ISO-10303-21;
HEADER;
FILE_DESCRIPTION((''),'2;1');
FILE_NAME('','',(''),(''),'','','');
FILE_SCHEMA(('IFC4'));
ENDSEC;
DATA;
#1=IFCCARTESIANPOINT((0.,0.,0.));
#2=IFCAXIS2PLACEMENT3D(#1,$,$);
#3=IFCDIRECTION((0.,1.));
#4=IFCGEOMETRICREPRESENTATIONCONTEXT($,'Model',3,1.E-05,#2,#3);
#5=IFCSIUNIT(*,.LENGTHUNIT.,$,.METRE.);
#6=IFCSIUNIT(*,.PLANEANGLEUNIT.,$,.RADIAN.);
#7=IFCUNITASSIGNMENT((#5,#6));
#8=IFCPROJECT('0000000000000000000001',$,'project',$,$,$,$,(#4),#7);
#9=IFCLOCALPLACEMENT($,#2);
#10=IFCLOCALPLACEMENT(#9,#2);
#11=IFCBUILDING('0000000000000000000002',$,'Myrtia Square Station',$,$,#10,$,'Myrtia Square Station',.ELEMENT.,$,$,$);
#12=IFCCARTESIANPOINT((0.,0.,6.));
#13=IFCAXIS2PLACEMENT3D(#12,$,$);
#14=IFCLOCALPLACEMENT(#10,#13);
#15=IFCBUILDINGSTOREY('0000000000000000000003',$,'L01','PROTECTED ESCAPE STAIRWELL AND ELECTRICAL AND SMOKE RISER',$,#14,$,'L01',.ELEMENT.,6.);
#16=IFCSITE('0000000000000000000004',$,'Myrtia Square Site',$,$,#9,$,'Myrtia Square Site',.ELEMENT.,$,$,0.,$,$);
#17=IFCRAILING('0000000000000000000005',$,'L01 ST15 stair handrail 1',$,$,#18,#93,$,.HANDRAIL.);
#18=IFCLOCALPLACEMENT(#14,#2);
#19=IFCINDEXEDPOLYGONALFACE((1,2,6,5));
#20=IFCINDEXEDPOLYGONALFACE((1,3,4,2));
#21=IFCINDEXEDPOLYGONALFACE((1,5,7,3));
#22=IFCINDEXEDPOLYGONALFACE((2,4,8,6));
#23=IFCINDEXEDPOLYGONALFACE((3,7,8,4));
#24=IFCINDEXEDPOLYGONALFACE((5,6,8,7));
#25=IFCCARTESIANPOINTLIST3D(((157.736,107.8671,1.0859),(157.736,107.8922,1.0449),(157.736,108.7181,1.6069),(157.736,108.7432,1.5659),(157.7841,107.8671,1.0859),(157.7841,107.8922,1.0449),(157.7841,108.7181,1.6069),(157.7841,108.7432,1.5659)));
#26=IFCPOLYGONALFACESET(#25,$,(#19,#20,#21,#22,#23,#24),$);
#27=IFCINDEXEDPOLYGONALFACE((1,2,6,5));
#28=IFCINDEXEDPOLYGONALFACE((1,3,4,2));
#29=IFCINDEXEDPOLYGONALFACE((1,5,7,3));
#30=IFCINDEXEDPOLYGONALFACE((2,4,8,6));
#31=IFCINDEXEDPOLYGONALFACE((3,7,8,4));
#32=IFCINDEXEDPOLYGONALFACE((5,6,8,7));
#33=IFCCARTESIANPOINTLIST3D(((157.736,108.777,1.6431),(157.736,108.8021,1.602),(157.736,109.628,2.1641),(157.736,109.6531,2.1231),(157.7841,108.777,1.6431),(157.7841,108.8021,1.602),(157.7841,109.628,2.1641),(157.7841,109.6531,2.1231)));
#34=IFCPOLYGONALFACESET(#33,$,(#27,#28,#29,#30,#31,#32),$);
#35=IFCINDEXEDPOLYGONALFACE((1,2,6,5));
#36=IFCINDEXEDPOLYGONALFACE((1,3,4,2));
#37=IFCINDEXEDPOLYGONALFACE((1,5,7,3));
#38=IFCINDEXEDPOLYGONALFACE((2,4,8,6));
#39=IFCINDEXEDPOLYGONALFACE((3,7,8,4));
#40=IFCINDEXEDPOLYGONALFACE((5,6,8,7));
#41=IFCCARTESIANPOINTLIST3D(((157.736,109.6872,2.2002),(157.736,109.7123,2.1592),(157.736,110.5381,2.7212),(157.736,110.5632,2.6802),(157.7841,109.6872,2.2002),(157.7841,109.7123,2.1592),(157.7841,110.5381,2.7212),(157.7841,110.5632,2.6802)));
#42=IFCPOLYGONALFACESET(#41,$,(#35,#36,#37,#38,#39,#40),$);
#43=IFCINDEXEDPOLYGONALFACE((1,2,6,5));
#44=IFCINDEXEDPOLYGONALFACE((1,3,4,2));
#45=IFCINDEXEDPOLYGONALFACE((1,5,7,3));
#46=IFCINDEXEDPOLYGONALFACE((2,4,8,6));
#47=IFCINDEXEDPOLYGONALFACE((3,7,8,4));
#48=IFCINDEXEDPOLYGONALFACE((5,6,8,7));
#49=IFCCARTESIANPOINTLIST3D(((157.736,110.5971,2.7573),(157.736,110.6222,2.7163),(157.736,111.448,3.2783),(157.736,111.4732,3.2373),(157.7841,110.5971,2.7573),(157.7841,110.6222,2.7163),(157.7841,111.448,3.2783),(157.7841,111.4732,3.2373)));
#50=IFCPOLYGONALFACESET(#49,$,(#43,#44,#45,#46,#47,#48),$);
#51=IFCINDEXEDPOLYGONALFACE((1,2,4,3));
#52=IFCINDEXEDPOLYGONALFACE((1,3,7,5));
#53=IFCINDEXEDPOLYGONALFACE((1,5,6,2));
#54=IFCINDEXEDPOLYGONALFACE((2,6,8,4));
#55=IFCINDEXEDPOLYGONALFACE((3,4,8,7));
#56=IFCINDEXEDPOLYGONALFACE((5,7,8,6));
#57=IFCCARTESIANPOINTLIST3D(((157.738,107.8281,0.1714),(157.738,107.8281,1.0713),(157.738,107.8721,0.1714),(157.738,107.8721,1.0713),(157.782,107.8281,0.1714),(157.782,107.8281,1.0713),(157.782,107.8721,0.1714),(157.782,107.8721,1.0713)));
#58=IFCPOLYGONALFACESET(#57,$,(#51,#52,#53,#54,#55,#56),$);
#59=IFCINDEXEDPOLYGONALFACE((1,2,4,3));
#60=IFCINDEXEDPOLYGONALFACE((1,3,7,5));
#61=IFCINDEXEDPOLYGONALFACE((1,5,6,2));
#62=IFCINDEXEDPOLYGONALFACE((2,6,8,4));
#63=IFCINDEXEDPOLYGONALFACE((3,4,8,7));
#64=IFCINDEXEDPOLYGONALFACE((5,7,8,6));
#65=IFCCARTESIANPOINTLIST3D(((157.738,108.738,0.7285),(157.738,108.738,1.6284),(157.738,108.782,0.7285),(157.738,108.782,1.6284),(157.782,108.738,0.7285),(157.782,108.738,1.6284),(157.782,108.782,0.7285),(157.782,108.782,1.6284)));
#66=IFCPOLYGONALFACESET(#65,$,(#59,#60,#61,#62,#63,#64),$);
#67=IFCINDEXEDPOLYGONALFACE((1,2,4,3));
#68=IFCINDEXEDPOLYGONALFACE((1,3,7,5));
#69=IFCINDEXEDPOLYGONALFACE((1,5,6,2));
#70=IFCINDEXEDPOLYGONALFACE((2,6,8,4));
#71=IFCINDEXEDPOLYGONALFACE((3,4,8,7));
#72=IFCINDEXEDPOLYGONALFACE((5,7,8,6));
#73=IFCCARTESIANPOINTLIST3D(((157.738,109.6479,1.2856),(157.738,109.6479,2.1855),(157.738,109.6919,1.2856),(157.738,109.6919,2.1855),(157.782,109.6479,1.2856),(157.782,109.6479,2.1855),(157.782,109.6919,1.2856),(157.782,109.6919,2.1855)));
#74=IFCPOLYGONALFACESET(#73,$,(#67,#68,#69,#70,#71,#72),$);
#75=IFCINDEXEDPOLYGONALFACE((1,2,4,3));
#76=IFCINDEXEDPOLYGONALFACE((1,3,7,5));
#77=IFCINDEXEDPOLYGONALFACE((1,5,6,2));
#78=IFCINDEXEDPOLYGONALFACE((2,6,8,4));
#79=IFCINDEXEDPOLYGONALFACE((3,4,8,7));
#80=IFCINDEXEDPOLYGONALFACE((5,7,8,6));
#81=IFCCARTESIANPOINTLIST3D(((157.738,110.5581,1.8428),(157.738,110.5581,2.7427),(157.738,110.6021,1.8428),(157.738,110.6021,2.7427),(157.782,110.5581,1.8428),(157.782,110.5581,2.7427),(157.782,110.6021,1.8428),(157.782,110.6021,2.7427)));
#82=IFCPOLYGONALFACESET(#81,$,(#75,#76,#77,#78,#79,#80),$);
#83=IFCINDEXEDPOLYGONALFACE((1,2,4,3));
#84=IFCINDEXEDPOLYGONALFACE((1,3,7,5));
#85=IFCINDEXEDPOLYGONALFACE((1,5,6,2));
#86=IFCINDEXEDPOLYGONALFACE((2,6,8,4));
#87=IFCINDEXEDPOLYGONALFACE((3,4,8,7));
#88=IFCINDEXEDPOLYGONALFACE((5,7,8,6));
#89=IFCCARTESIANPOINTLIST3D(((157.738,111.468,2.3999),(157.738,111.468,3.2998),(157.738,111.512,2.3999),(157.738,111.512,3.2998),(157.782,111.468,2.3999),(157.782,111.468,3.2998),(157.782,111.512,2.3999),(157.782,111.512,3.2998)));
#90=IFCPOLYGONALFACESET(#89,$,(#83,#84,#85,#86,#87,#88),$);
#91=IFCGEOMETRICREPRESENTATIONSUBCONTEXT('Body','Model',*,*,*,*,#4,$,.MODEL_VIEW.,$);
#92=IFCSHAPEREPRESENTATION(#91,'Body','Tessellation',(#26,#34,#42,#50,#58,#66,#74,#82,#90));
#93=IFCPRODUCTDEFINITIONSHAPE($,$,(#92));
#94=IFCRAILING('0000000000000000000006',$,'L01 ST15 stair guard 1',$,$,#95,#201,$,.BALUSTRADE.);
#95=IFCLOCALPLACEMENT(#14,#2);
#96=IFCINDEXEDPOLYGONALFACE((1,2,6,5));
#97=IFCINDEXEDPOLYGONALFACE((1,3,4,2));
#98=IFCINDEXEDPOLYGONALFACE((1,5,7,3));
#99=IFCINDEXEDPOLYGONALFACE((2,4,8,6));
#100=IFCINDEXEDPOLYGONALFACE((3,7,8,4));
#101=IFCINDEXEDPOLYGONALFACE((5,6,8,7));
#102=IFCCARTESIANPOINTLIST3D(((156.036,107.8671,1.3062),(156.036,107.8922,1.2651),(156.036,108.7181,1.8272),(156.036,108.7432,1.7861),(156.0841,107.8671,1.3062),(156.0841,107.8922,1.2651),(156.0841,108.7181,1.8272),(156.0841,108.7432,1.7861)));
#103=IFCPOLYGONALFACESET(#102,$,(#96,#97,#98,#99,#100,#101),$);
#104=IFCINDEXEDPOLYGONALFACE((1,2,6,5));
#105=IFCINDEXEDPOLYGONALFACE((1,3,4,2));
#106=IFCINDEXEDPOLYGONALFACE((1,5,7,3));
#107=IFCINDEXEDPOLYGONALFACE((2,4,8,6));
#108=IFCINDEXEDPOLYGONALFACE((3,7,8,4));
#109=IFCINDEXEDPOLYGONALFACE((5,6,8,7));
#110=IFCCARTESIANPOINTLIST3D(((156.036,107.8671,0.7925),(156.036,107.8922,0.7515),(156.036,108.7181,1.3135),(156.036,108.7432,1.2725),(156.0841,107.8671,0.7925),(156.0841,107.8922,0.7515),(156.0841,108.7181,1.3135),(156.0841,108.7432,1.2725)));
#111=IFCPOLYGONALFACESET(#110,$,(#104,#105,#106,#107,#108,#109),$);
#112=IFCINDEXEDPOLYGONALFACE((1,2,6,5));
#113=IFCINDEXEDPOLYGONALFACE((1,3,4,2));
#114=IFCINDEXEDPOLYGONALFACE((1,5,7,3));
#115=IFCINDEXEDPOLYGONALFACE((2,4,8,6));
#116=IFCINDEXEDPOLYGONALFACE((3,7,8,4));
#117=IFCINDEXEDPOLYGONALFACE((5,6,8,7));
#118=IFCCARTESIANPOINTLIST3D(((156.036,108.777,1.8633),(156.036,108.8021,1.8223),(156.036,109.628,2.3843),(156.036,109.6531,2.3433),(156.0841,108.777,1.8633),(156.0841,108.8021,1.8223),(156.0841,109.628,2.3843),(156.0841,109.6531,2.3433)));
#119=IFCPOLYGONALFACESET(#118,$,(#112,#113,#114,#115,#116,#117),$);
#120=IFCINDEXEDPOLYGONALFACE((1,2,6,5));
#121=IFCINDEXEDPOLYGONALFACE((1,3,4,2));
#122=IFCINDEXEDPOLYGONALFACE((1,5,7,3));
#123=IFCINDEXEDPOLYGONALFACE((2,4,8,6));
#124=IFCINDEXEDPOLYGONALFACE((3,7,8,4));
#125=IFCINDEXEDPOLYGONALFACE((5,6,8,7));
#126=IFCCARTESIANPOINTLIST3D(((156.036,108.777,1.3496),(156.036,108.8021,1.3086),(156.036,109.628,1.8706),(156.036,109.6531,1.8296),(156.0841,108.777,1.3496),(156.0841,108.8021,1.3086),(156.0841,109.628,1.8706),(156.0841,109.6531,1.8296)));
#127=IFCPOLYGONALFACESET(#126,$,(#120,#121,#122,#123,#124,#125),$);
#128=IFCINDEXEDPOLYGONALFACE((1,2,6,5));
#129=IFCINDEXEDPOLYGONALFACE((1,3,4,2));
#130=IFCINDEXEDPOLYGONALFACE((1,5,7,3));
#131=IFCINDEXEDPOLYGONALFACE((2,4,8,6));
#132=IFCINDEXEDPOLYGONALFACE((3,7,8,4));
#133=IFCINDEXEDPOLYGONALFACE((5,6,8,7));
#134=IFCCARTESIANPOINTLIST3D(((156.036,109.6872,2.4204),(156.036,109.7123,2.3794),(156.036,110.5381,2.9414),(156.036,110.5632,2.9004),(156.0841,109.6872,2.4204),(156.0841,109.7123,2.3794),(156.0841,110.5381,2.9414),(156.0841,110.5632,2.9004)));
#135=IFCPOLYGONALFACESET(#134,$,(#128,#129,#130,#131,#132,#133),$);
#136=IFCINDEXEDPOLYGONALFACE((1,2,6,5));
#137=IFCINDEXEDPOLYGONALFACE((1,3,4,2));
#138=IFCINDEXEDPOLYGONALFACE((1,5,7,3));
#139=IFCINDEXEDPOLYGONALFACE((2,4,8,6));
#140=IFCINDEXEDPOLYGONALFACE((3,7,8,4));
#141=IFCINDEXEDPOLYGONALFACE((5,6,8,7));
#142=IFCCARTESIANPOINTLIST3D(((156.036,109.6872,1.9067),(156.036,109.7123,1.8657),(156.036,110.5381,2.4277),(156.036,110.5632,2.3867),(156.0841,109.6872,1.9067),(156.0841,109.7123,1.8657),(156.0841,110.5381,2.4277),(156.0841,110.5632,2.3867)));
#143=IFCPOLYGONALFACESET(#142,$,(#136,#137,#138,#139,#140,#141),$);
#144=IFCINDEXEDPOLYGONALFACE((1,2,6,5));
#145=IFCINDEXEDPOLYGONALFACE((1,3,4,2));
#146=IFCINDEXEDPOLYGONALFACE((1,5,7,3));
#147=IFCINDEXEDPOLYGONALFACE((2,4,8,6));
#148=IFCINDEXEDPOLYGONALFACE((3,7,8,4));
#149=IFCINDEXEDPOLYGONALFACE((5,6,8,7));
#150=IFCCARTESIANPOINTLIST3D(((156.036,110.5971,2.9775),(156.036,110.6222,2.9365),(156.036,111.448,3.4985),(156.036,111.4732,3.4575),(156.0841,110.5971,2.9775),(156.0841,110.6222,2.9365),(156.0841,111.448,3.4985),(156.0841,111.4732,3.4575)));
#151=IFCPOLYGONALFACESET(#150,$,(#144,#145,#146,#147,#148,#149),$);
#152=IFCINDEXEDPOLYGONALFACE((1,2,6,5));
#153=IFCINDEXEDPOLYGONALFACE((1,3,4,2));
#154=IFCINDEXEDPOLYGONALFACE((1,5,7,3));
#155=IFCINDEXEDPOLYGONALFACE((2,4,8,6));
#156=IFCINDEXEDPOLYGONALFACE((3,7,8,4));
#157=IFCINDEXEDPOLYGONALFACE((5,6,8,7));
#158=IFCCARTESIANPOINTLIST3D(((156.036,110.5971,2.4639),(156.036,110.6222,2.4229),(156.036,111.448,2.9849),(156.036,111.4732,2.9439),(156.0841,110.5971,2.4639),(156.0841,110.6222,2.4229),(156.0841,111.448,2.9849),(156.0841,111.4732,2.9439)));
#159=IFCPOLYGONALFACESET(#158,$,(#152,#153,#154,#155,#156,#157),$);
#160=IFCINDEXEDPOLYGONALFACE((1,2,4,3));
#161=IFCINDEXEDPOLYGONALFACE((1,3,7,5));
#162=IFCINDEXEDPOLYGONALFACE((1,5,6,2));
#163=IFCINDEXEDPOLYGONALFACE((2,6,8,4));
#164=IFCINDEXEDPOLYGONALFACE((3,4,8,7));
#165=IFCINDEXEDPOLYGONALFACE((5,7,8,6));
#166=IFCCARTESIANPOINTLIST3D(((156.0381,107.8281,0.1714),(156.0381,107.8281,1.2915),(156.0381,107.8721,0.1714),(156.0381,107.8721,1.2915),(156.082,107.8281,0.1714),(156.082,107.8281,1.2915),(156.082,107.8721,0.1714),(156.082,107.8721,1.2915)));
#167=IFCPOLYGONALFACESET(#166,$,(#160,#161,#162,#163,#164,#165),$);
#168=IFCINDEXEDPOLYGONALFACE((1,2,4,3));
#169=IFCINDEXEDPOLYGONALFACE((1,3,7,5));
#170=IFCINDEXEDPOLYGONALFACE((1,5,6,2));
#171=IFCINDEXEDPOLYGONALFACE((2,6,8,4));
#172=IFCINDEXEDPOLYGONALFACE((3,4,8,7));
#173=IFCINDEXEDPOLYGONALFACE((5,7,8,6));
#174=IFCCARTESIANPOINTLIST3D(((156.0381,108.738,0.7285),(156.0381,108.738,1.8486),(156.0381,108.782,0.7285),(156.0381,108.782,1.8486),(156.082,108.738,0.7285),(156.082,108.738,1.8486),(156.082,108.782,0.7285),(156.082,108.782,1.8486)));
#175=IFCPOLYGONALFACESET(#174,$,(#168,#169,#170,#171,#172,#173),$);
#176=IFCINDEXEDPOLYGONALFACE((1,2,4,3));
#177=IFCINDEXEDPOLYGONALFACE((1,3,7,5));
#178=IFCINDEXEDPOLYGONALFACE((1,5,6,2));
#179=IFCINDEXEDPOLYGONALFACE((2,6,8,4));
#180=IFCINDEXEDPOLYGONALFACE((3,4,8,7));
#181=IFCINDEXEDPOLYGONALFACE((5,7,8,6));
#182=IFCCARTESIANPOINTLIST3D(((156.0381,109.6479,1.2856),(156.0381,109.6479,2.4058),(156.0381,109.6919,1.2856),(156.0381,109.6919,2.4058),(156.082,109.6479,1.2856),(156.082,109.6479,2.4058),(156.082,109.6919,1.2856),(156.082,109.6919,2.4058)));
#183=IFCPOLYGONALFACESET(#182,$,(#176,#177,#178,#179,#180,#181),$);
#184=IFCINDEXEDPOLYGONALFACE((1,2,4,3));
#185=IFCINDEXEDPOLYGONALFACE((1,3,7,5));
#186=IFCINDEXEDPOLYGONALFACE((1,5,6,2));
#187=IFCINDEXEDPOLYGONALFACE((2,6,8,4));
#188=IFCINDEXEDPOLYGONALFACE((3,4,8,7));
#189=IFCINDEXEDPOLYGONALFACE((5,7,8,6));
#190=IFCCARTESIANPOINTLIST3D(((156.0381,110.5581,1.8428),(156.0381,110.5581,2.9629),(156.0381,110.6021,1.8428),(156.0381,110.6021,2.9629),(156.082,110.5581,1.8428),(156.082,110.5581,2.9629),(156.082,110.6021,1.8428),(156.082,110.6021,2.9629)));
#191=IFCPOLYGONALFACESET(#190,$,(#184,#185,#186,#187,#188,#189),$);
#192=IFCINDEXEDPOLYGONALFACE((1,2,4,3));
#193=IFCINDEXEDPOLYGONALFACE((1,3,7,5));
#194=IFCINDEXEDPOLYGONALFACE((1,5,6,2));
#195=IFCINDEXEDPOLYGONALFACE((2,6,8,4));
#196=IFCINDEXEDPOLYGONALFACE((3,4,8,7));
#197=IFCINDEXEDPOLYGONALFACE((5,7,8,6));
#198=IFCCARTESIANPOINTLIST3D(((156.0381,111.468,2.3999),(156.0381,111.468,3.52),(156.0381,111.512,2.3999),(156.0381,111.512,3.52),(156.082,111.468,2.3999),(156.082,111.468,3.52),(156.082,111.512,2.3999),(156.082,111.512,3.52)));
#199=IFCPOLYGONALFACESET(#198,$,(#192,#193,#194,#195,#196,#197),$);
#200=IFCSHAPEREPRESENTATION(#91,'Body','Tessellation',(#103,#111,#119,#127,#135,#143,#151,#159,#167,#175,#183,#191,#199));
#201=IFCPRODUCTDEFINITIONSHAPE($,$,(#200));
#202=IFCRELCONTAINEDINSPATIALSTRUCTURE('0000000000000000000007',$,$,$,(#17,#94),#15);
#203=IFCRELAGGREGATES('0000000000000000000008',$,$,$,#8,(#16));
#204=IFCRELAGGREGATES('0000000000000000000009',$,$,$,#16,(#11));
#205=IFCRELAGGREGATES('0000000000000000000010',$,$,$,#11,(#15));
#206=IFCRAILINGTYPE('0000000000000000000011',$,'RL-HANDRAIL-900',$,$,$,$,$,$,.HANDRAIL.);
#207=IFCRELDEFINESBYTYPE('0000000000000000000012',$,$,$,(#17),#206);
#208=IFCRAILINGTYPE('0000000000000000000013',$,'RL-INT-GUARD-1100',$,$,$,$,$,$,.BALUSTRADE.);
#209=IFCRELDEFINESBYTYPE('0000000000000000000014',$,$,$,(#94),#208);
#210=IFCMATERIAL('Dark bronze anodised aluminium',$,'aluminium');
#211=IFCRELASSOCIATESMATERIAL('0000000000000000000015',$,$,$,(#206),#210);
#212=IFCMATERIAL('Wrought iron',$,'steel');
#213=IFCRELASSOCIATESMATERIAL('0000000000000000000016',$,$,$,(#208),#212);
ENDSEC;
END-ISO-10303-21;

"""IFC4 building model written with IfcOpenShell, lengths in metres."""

from ifc_helpers import new_model, si_unit, direction, frame, origin, origin_2d, place, context, subcontext, project, spatial, rectangle, extrude, material, type_object, element, save


model = new_model("IFC4")

# Units and contexts
model_context = context("Model", 3, precision=1e-05, world=origin(), true_north=direction((0.0, 1.0)))
body_context = subcontext(model_context, "Body", "Model", "MODEL_VIEW")
ifc_project = project(units=[si_unit("LENGTHUNIT", "METRE"), si_unit("PLANEANGLEUNIT", "RADIAN")], contexts=[model_context])

# Site, building, storey
site_placement = place(None, origin())
site = spatial("IfcSite", under=ifc_project, at=site_placement, Name="Myrtia Square Site", LongName="Myrtia Square Site", CompositionType="ELEMENT", RefElevation=0.0)
building_placement = place(site_placement, origin())
building = spatial("IfcBuilding", under=site, at=building_placement, Name="Myrtia Square Station", LongName="Myrtia Square Station", CompositionType="ELEMENT")
storey_placement = place(building_placement, frame((0.0, 0.0, 6.0)))
storey = spatial("IfcBuildingStorey", under=building, at=storey_placement, Name="L01", Description="PROTECTED ESCAPE STAIRWELL AND ELECTRICAL AND SMOKE RISER", LongName="L01", CompositionType="ELEMENT", Elevation=6.0)

# Shared definitions
ifc_material_1 = material(Name="Dark bronze anodised aluminium", Category="aluminium")

# Railings
railing_type_1 = type_object("IfcRailingType", Name="RL-HANDRAIL-900", PredefinedType="HANDRAIL", material=ifc_material_1)
railing_1_placement = place(storey_placement, frame((157.76, 107.8501, 0.1714)))
element("IfcRailing", 1, at=railing_1_placement, inside=storey, type_object=railing_type_1, Name="L01 ST15 stair handrail 1", PredefinedType="HANDRAIL", context=body_context, shape_type="SweptSolid", body=[
    extrude(rectangle(XDim=0.0481, YDim=0.0481, at=origin_2d()), frame((0.0, 0.0295, 0.894), z_axis=(0.0, 0.85285, 0.522156), x_axis=(-1.0, 0.0, 0.0)), (0.0, 0.0, 1.0), 0.9978),
    extrude(rectangle(XDim=0.0481, YDim=0.0481, at=origin_2d()), frame((0.0, 0.9395, 1.4512), z_axis=(0.0, 0.85285, 0.522156), x_axis=(-1.0, 0.0, 0.0)), (0.0, 0.0, 1.0), 0.9978),
    extrude(rectangle(XDim=0.0481, YDim=0.0481, at=origin_2d()), frame((0.0, 1.8496, 2.0083), z_axis=(0.0, 0.85285, 0.522156), x_axis=(-1.0, 0.0, 0.0)), (0.0, 0.0, 1.0), 0.9978),
    extrude(rectangle(XDim=0.0481, YDim=0.0481, at=origin_2d()), frame((0.0, 2.7595, 2.5654), z_axis=(0.0, 0.85285, 0.522156), x_axis=(-1.0, 0.0, 0.0)), (0.0, 0.0, 1.0), 0.9978),
    extrude(rectangle(XDim=0.0439, YDim=0.0439, at=origin_2d()), origin(), (0.0, 0.0, 1.0), 0.8999),
    extrude(rectangle(XDim=0.0439, YDim=0.0439, at=origin_2d()), frame((0.0, 0.9099, 0.5571)), (0.0, 0.0, 1.0), 0.8999),
    extrude(rectangle(XDim=0.0439, YDim=0.0439, at=origin_2d()), frame((0.0, 1.8198, 1.1143)), (0.0, 0.0, 1.0), 0.8999),
    extrude(rectangle(XDim=0.0439, YDim=0.0439, at=origin_2d()), frame((0.0, 2.73, 1.6714)), (0.0, 0.0, 1.0), 0.8999),
    extrude(rectangle(XDim=0.0439, YDim=0.0439, at=origin_2d()), frame((0.0, 3.6399, 2.2285)), (0.0, 0.0, 1.0), 0.8999),
])
ifc_material_2 = material(Name="Wrought iron", Category="steel")
railing_type_2 = type_object("IfcRailingType", Name="RL-INT-GUARD-1100", PredefinedType="BALUSTRADE", material=ifc_material_2)
railing_2_placement = place(storey_placement, frame((156.0601, 107.8501, 0.1714)))
element("IfcRailing", 2, at=railing_2_placement, inside=storey, type_object=railing_type_2, Name="L01 ST15 stair guard 1", PredefinedType="BALUSTRADE", context=body_context, shape_type="SweptSolid", body=[
    extrude(rectangle(XDim=0.0481, YDim=0.0481, at=origin_2d()), frame((0.0, 0.0295, 1.1143), z_axis=(0.0, 0.85285, 0.522156), x_axis=(-1.0, 0.0, 0.0)), (0.0, 0.0, 1.0), 0.9978),
    extrude(rectangle(XDim=0.0481, YDim=0.0481, at=origin_2d()), frame((0.0, 0.0295, 0.6006), z_axis=(0.0, 0.85285, 0.522156), x_axis=(-1.0, 0.0, 0.0)), (0.0, 0.0, 1.0), 0.9978),
    extrude(rectangle(XDim=0.0481, YDim=0.0481, at=origin_2d()), frame((0.0, 0.9395, 1.6714), z_axis=(0.0, 0.85285, 0.522156), x_axis=(-1.0, 0.0, 0.0)), (0.0, 0.0, 1.0), 0.9978),
    extrude(rectangle(XDim=0.0481, YDim=0.0481, at=origin_2d()), frame((0.0, 0.9395, 1.1577), z_axis=(0.0, 0.85285, 0.522156), x_axis=(-1.0, 0.0, 0.0)), (0.0, 0.0, 1.0), 0.9978),
    extrude(rectangle(XDim=0.0481, YDim=0.0481, at=origin_2d()), frame((0.0, 1.8496, 2.2285), z_axis=(0.0, 0.85285, 0.522156), x_axis=(-1.0, 0.0, 0.0)), (0.0, 0.0, 1.0), 0.9978),
    extrude(rectangle(XDim=0.0481, YDim=0.0481, at=origin_2d()), frame((0.0, 1.8496, 1.7148), z_axis=(0.0, 0.85285, 0.522156), x_axis=(-1.0, 0.0, 0.0)), (0.0, 0.0, 1.0), 0.9978),
    extrude(rectangle(XDim=0.0481, YDim=0.0481, at=origin_2d()), frame((0.0, 2.7595, 2.7856), z_axis=(0.0, 0.85285, 0.522156), x_axis=(-1.0, 0.0, 0.0)), (0.0, 0.0, 1.0), 0.9978),
    extrude(rectangle(XDim=0.0481, YDim=0.0481, at=origin_2d()), frame((0.0, 2.7595, 2.272), z_axis=(0.0, 0.85285, 0.522156), x_axis=(-1.0, 0.0, 0.0)), (0.0, 0.0, 1.0), 0.9978),
    extrude(rectangle(XDim=0.0439, YDim=0.0439, at=origin_2d()), origin(), (0.0, 0.0, 1.0), 1.1201),
    extrude(rectangle(XDim=0.0439, YDim=0.0439, at=origin_2d()), frame((0.0, 0.9099, 0.5571)), (0.0, 0.0, 1.0), 1.1201),
    extrude(rectangle(XDim=0.0439, YDim=0.0439, at=origin_2d()), frame((0.0, 1.8198, 1.1143)), (0.0, 0.0, 1.0), 1.1201),
    extrude(rectangle(XDim=0.0439, YDim=0.0439, at=origin_2d()), frame((0.0, 2.73, 1.6714)), (0.0, 0.0, 1.0), 1.1201),
    extrude(rectangle(XDim=0.0439, YDim=0.0439, at=origin_2d()), frame((0.0, 3.6399, 2.2285)), (0.0, 0.0, 1.0), 1.1201),
])

save(model, "model.ifc")
